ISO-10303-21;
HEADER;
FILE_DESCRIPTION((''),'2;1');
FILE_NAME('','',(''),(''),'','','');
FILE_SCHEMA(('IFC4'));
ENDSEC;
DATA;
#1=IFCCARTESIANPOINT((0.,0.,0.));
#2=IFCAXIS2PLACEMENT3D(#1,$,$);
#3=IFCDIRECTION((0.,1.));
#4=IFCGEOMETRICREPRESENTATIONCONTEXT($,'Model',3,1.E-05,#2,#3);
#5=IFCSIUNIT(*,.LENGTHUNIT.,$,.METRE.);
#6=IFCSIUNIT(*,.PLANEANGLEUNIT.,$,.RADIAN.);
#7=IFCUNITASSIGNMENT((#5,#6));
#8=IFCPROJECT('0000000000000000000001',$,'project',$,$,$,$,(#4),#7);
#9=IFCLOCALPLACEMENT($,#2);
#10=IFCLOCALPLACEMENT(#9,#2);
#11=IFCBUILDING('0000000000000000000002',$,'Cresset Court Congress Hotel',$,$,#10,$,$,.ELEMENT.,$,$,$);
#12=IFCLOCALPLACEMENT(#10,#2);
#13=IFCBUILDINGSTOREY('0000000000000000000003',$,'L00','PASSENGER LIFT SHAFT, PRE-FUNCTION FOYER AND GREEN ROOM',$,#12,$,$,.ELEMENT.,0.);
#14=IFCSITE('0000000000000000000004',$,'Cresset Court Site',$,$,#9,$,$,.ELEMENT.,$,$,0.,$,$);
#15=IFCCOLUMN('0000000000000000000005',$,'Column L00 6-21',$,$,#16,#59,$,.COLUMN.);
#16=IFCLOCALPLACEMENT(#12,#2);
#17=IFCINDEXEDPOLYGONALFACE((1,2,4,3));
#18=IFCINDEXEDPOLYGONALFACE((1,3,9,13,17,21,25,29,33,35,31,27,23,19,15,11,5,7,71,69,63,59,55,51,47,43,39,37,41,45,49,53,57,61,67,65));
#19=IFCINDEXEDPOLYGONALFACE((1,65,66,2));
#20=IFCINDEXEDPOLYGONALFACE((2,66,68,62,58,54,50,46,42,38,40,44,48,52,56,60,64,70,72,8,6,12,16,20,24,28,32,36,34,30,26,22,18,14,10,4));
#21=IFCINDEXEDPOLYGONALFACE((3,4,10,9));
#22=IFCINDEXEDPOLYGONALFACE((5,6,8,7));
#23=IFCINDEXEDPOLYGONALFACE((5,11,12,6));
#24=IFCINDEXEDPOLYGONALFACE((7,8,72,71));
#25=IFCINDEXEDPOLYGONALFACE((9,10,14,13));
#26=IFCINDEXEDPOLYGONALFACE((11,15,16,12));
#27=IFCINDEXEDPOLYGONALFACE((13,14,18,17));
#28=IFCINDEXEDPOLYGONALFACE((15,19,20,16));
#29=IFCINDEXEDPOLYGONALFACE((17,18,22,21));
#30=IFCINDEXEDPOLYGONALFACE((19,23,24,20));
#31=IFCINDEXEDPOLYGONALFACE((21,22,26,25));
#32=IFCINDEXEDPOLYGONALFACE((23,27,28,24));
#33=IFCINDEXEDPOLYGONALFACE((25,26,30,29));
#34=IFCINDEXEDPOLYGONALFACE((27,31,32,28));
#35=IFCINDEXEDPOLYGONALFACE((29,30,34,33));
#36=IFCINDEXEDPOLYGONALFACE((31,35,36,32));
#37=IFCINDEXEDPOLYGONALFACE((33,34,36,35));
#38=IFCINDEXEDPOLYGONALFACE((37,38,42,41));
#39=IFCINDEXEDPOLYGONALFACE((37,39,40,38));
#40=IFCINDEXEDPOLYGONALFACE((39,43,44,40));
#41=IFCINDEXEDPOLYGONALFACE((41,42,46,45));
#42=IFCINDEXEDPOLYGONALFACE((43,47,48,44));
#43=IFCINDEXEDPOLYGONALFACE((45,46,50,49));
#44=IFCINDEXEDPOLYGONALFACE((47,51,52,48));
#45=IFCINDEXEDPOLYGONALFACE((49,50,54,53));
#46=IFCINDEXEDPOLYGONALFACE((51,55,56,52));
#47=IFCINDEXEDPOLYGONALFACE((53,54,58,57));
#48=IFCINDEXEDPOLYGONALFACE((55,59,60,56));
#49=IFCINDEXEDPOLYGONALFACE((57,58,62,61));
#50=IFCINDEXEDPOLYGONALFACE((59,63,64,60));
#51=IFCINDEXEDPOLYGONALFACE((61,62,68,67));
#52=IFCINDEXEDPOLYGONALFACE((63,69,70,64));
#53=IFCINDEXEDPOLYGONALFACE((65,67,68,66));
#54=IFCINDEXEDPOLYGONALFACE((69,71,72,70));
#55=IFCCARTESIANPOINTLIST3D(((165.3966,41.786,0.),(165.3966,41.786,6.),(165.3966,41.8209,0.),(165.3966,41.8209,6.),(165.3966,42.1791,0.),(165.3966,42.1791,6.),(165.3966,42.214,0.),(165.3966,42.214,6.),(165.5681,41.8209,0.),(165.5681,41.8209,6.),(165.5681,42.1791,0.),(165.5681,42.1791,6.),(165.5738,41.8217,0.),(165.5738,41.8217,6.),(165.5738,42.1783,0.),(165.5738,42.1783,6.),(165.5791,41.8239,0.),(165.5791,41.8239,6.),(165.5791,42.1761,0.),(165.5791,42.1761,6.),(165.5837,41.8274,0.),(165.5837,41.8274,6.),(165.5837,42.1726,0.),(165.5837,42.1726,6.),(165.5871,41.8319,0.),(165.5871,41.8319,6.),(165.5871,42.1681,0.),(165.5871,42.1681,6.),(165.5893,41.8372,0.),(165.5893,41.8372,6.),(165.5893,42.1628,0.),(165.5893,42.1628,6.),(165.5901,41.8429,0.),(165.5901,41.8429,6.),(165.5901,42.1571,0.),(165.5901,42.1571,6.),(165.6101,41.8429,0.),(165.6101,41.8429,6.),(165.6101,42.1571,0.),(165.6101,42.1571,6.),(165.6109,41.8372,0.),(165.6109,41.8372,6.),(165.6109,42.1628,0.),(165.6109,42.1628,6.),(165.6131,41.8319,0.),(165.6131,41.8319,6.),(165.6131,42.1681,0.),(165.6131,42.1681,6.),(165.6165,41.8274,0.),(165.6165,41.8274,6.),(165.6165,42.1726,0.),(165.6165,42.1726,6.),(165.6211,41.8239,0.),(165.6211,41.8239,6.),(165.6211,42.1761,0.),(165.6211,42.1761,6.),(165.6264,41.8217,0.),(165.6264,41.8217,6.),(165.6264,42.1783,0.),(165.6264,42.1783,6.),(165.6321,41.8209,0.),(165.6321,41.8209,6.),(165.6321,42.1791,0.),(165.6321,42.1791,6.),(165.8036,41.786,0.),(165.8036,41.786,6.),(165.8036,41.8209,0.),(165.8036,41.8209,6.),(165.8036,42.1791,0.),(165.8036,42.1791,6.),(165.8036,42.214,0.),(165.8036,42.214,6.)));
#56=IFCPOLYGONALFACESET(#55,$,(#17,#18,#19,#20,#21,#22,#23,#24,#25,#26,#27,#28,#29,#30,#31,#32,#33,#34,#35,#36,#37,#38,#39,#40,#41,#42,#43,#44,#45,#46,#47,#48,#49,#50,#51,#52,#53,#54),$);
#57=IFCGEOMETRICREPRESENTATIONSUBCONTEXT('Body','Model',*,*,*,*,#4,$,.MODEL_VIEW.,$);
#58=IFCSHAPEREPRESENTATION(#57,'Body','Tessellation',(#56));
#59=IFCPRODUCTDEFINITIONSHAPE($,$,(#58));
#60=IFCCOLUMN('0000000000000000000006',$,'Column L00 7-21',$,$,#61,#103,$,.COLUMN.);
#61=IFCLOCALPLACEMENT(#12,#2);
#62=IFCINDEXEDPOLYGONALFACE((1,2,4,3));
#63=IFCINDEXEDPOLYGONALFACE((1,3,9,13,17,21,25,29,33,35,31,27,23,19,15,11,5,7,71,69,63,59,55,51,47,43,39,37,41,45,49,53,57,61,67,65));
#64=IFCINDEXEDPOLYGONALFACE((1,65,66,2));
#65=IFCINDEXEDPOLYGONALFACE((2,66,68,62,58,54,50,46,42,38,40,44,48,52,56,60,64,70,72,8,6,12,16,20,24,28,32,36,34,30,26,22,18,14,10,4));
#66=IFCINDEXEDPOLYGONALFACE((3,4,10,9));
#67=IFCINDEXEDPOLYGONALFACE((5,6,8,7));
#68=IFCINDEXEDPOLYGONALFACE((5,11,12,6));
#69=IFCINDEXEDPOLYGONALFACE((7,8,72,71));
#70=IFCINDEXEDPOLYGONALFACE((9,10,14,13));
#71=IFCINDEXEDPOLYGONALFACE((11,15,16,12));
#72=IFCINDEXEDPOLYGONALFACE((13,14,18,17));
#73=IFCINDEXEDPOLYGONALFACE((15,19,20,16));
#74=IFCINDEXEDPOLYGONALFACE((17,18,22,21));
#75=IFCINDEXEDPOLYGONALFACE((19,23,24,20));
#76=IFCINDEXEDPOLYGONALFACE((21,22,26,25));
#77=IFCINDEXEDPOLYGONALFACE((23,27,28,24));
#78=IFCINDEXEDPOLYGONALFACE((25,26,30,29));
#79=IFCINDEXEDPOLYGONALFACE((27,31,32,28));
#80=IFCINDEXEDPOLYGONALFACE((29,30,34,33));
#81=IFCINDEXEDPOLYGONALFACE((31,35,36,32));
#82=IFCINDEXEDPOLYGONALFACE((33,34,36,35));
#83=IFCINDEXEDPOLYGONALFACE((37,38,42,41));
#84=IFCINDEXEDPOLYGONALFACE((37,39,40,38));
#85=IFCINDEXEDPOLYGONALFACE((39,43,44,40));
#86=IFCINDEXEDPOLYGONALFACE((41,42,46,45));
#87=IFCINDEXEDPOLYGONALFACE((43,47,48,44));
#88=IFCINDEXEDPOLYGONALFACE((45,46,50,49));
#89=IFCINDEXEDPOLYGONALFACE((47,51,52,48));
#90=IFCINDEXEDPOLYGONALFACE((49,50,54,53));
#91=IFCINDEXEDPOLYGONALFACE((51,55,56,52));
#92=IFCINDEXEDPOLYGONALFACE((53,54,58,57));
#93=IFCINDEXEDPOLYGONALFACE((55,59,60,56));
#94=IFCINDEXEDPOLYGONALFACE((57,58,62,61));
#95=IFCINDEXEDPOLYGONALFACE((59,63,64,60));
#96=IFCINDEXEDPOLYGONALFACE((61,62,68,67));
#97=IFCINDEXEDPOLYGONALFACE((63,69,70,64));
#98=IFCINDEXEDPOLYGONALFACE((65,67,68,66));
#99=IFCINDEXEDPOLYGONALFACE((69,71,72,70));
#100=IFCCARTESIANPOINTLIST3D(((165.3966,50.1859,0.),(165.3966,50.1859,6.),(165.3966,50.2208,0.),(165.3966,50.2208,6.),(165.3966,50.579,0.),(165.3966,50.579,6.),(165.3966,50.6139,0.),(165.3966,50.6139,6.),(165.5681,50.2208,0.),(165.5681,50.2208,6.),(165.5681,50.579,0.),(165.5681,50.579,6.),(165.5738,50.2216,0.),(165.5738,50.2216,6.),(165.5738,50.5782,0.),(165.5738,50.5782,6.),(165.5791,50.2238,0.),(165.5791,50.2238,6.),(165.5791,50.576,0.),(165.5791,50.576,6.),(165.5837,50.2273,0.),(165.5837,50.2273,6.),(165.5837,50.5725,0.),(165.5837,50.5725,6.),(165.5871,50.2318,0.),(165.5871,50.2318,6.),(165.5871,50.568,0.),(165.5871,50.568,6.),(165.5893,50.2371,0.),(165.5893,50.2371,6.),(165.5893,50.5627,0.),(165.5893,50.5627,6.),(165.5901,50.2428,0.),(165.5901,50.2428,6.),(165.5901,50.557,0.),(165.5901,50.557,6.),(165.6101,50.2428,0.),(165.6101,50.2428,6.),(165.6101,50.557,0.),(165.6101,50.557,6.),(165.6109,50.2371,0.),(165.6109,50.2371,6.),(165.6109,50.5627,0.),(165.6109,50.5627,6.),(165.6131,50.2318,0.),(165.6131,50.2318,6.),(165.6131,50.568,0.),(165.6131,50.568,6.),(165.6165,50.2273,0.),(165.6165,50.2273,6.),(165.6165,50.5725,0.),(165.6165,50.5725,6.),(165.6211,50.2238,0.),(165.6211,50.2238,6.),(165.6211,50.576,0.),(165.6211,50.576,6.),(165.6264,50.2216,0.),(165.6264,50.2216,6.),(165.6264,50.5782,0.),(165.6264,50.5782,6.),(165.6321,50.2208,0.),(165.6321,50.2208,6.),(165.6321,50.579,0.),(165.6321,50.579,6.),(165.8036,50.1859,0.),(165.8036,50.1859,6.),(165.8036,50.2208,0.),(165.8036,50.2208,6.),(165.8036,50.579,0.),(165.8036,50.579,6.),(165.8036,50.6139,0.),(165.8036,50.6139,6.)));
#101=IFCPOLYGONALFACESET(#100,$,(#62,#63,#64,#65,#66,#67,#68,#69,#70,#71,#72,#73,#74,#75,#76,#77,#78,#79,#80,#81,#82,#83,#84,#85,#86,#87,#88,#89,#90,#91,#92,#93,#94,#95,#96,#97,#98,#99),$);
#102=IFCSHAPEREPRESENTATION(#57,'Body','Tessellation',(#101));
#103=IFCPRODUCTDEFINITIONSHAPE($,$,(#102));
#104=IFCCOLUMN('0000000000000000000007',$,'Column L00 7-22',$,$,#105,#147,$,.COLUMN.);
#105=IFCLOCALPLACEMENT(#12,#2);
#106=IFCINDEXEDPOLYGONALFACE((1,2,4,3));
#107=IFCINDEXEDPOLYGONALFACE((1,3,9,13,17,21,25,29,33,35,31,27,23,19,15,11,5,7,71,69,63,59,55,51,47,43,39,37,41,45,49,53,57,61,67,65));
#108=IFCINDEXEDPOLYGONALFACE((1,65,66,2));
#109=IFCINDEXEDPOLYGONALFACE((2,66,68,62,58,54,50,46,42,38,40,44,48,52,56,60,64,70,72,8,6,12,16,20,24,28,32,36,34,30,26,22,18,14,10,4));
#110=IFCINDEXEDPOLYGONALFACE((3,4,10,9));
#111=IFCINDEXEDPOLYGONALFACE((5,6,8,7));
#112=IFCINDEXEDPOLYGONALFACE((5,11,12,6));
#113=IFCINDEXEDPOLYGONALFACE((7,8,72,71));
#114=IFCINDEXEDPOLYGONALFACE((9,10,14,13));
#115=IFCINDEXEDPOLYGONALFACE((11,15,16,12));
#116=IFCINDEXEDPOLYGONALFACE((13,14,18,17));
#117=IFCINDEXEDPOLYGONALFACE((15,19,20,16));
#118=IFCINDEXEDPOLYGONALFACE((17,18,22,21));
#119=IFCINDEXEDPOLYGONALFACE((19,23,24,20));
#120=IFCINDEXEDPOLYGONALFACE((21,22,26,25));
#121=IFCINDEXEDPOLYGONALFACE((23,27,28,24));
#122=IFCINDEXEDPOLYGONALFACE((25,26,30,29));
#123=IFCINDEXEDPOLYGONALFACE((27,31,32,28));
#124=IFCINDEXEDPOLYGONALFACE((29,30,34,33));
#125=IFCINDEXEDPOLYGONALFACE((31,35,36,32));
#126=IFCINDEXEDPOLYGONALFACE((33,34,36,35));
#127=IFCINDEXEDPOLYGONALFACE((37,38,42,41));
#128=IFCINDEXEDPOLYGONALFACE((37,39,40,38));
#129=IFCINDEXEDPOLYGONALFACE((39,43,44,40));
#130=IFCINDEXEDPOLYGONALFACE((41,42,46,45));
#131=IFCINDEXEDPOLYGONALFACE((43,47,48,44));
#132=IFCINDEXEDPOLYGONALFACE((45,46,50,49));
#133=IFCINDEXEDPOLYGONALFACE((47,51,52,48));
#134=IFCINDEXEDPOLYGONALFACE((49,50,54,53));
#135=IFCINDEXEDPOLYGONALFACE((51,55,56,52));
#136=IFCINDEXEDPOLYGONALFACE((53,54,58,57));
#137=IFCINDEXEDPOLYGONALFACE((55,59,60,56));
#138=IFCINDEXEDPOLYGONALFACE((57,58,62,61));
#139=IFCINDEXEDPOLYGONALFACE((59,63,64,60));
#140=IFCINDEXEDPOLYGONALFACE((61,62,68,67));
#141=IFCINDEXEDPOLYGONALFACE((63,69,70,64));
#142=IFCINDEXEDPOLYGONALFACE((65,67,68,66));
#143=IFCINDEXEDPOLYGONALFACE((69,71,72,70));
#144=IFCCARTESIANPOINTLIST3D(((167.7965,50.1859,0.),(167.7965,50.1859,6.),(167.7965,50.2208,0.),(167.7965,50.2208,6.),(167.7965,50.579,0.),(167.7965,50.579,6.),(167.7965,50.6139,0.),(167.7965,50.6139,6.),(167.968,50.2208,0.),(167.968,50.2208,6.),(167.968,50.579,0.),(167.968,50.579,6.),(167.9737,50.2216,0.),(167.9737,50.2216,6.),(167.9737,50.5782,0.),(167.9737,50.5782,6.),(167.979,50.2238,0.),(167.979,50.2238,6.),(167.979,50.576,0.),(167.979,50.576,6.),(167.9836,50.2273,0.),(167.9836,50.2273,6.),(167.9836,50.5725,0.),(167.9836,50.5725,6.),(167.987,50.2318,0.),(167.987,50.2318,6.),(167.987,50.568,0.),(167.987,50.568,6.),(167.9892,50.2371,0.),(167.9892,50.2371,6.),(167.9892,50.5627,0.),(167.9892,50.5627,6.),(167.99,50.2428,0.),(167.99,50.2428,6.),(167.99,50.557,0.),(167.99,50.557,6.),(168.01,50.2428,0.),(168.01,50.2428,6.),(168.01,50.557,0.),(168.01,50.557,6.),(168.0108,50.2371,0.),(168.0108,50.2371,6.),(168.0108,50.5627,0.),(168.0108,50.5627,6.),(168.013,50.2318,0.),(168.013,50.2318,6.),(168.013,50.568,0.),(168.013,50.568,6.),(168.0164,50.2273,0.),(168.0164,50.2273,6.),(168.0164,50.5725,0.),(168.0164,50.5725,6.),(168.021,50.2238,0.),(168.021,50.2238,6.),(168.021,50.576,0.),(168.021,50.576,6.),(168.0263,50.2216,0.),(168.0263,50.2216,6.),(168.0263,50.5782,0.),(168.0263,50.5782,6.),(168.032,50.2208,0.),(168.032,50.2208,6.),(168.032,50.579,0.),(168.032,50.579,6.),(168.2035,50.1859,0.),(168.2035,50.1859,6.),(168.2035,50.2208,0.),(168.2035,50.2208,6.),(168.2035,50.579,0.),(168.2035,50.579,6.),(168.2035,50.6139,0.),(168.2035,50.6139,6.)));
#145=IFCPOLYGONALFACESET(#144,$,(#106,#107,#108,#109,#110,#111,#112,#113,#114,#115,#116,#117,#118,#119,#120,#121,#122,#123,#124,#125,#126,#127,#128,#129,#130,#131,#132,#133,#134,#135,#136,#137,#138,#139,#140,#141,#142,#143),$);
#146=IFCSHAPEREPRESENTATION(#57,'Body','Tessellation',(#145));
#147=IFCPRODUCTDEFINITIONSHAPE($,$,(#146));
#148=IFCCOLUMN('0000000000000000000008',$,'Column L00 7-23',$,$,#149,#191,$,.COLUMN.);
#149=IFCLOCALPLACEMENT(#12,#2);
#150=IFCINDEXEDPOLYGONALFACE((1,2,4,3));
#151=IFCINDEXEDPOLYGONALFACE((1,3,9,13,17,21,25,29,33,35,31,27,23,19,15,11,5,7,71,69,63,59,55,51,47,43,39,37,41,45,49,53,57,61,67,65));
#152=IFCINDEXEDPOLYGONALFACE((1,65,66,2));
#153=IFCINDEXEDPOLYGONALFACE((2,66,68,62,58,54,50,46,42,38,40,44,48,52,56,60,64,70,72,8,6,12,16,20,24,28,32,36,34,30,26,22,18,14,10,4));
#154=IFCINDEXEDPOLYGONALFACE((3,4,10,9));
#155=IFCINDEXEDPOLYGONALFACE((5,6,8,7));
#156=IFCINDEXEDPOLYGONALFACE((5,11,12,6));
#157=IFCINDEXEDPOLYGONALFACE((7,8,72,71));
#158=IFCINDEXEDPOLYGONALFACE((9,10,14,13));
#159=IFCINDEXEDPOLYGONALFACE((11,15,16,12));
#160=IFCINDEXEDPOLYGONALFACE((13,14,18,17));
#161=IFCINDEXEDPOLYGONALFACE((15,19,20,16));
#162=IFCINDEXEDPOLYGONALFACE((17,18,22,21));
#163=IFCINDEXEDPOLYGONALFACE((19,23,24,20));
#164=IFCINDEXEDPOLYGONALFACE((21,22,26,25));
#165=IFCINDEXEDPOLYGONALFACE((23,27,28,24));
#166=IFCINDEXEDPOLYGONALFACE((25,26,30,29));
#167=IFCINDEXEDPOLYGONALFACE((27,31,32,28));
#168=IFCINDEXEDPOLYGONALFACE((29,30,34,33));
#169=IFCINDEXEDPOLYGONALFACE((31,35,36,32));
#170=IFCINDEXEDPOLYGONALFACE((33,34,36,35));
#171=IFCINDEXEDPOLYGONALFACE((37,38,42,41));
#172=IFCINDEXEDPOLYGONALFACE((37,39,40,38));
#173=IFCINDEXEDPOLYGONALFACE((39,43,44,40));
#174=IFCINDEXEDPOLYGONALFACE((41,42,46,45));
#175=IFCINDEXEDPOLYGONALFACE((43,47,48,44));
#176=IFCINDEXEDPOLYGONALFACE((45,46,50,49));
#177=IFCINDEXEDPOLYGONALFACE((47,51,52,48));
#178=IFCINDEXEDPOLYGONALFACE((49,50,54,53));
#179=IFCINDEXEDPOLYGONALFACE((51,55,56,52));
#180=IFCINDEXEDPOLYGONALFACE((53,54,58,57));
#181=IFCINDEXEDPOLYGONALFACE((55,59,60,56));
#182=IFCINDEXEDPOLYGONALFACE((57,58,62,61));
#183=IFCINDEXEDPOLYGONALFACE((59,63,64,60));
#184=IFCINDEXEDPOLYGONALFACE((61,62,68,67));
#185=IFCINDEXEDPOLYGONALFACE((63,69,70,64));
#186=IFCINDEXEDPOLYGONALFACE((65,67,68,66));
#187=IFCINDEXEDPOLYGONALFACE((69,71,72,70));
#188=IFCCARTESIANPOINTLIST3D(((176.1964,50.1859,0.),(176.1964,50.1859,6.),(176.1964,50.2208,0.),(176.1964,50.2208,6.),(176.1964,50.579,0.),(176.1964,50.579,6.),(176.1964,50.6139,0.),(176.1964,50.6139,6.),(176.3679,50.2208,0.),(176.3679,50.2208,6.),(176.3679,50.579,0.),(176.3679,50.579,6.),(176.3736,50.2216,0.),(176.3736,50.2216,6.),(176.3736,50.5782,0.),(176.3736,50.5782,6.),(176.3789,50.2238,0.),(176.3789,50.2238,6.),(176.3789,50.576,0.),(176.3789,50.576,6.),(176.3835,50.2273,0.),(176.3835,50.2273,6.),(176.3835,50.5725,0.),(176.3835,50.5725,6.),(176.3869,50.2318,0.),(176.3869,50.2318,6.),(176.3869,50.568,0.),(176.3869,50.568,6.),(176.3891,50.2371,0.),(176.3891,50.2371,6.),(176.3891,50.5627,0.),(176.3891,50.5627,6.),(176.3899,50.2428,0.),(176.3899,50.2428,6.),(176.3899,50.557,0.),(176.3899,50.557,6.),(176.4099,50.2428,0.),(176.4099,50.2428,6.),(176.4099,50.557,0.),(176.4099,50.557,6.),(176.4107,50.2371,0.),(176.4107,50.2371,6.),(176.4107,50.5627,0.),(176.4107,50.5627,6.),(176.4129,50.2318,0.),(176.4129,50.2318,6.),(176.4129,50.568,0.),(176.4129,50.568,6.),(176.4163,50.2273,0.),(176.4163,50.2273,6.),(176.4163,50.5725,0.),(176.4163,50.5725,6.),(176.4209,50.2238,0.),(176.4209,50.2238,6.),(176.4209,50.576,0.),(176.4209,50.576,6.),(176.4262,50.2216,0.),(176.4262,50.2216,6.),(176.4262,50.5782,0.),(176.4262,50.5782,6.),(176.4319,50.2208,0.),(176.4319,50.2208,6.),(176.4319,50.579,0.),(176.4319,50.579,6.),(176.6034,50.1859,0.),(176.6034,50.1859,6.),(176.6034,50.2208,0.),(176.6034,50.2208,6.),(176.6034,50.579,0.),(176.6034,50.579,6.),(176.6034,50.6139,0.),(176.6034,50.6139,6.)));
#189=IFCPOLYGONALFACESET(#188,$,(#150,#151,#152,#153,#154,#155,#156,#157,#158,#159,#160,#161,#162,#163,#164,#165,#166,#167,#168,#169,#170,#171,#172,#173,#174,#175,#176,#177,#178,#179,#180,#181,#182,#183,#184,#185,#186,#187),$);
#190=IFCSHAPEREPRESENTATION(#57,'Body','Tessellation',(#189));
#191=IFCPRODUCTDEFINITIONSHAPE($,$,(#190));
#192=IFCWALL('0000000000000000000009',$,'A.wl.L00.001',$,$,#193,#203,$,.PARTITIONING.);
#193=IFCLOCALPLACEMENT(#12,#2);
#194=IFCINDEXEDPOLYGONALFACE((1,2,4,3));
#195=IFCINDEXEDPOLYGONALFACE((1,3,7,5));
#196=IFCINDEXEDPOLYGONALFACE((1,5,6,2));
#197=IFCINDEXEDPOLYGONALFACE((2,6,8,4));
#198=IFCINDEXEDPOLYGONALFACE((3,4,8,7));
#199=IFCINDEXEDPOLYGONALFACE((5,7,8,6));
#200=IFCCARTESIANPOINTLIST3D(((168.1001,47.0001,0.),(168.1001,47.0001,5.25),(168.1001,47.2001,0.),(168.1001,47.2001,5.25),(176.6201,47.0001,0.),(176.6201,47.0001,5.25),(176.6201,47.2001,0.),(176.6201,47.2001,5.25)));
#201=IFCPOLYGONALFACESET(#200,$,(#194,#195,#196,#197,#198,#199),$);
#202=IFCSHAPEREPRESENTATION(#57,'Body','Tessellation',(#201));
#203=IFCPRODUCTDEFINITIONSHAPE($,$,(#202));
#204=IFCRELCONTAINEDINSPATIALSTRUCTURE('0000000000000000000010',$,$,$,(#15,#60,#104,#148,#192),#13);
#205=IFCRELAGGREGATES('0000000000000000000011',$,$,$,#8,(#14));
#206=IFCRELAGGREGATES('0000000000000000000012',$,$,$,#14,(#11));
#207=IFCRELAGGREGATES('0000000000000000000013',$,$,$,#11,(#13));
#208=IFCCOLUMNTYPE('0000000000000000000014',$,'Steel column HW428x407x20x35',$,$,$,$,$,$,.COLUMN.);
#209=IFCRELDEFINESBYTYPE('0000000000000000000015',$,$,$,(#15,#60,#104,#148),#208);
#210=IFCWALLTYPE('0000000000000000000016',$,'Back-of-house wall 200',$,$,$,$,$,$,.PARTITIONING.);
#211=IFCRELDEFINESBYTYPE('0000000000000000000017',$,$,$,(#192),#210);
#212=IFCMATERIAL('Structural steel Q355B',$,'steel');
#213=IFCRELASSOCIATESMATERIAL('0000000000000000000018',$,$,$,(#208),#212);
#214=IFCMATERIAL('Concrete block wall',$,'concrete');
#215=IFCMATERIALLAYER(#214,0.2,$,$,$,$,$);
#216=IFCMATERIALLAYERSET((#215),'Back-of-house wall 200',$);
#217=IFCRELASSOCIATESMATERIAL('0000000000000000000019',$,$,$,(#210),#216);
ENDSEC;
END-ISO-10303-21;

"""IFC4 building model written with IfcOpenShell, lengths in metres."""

from ifc_helpers import new_model, si_unit, direction, frame, frame_2d, origin, origin_2d, place, context, subcontext, project, spatial, rectangle, i_section, extrude, material, layer, layer_set, material_profile, profile_set, type_object, element, save


model = new_model("IFC4")

# Units and contexts
model_context = context("Model", 3, precision=1e-05, world=origin(), true_north=direction((0.0, 1.0)))
body_context = subcontext(model_context, "Body", "Model", "MODEL_VIEW")
ifc_project = project(units=[si_unit("LENGTHUNIT", "METRE"), si_unit("PLANEANGLEUNIT", "RADIAN")], contexts=[model_context])

# Site, building, storey
site_placement = place(None, origin())
site = spatial("IfcSite", under=ifc_project, at=site_placement, Name="Cresset Court Site", CompositionType="ELEMENT", RefElevation=0.0)
building_placement = place(site_placement, origin())
building = spatial("IfcBuilding", under=site, at=building_placement, Name="Cresset Court Congress Hotel", CompositionType="ELEMENT")
storey_placement = place(building_placement, origin())
storey = spatial("IfcBuildingStorey", under=building, at=storey_placement, Name="L00", Description="PASSENGER LIFT SHAFT, PRE-FUNCTION FOYER AND GREEN ROOM", CompositionType="ELEMENT", Elevation=0.0)

# Columns
ifc_material_1 = material(Name="Structural steel Q355B", Category="steel")
ifc_material_profile = material_profile(ifc_material_1, i_section(OverallWidth=0.407, OverallDepth=0.428, WebThickness=0.02, FlangeThickness=0.0349, FilletRadius=0.022, at=origin_2d()), Name="HW428x407x20x35")
ifc_profile_set = profile_set([ifc_material_profile], Name="Structural steel Q355B")
column_type = type_object("IfcColumnType", Name="Steel column HW428x407x20x35", PredefinedType="COLUMN", material=ifc_profile_set)
for number, where, z_axis, x_axis, name in (
    (1, (165.6001, 42.0, 0.0), (0.0, 0.0, 1.0), (1.0, 0.0, 0.0), "Column L00 6-21"),
    (2, (165.6001, 50.3999, 0.0), (0.0, 0.0, 1.0), (1.0, 0.0, 0.0), "Column L00 7-21"),
    (3, (168.0, 50.3999, 0.0), (0.0, 0.0, 1.0), (1.0, 0.0, 0.0), "Column L00 7-22"),
    (4, (176.3999, 50.3999, 0.0), (0.0, 0.0, 1.0), (1.0, 0.0, 0.0), "Column L00 7-23"),
):
    element("IfcColumn", number, at=place(storey_placement, frame(where, z_axis=z_axis, x_axis=x_axis)), inside=storey, type_object=column_type, Name=name, PredefinedType="COLUMN", context=body_context, shape_type="SweptSolid", body=[
        extrude(i_section(OverallWidth=0.407, OverallDepth=0.428, WebThickness=0.02, FlangeThickness=0.0349, FilletRadius=0.022, at=origin_2d()), origin(), (0.0, 0.0, 1.0), 6.0),
    ])

# Wall
ifc_material_2 = material(Name="Concrete block wall", Category="concrete")
ifc_layer_1 = layer(ifc_material_2, 0.2)
ifc_layer_set_1 = layer_set([ifc_layer_1], Name="Back-of-house wall 200")
wall_type_1 = type_object("IfcWallType", Name="Back-of-house wall 200", PredefinedType="PARTITIONING", material=ifc_layer_set_1)
for number, where, z_axis, x_axis, name in (
    (5, (168.1001, 47.1001, 0.0), (0.0, 0.0, 1.0), (1.0, 0.0, 0.0), "A.wl.L00.001"),
):
    element("IfcWall", number, at=place(storey_placement, frame(where, z_axis=z_axis, x_axis=x_axis)), inside=storey, type_object=wall_type_1, Name=name, PredefinedType="PARTITIONING", context=body_context, shape_type="SweptSolid", body=[
        extrude(rectangle(XDim=8.52, YDim=0.2, at=frame_2d((4.26, 0.0))), origin(), (0.0, 0.0, 1.0), 5.25),
    ])

save(model, "model.ifc")
